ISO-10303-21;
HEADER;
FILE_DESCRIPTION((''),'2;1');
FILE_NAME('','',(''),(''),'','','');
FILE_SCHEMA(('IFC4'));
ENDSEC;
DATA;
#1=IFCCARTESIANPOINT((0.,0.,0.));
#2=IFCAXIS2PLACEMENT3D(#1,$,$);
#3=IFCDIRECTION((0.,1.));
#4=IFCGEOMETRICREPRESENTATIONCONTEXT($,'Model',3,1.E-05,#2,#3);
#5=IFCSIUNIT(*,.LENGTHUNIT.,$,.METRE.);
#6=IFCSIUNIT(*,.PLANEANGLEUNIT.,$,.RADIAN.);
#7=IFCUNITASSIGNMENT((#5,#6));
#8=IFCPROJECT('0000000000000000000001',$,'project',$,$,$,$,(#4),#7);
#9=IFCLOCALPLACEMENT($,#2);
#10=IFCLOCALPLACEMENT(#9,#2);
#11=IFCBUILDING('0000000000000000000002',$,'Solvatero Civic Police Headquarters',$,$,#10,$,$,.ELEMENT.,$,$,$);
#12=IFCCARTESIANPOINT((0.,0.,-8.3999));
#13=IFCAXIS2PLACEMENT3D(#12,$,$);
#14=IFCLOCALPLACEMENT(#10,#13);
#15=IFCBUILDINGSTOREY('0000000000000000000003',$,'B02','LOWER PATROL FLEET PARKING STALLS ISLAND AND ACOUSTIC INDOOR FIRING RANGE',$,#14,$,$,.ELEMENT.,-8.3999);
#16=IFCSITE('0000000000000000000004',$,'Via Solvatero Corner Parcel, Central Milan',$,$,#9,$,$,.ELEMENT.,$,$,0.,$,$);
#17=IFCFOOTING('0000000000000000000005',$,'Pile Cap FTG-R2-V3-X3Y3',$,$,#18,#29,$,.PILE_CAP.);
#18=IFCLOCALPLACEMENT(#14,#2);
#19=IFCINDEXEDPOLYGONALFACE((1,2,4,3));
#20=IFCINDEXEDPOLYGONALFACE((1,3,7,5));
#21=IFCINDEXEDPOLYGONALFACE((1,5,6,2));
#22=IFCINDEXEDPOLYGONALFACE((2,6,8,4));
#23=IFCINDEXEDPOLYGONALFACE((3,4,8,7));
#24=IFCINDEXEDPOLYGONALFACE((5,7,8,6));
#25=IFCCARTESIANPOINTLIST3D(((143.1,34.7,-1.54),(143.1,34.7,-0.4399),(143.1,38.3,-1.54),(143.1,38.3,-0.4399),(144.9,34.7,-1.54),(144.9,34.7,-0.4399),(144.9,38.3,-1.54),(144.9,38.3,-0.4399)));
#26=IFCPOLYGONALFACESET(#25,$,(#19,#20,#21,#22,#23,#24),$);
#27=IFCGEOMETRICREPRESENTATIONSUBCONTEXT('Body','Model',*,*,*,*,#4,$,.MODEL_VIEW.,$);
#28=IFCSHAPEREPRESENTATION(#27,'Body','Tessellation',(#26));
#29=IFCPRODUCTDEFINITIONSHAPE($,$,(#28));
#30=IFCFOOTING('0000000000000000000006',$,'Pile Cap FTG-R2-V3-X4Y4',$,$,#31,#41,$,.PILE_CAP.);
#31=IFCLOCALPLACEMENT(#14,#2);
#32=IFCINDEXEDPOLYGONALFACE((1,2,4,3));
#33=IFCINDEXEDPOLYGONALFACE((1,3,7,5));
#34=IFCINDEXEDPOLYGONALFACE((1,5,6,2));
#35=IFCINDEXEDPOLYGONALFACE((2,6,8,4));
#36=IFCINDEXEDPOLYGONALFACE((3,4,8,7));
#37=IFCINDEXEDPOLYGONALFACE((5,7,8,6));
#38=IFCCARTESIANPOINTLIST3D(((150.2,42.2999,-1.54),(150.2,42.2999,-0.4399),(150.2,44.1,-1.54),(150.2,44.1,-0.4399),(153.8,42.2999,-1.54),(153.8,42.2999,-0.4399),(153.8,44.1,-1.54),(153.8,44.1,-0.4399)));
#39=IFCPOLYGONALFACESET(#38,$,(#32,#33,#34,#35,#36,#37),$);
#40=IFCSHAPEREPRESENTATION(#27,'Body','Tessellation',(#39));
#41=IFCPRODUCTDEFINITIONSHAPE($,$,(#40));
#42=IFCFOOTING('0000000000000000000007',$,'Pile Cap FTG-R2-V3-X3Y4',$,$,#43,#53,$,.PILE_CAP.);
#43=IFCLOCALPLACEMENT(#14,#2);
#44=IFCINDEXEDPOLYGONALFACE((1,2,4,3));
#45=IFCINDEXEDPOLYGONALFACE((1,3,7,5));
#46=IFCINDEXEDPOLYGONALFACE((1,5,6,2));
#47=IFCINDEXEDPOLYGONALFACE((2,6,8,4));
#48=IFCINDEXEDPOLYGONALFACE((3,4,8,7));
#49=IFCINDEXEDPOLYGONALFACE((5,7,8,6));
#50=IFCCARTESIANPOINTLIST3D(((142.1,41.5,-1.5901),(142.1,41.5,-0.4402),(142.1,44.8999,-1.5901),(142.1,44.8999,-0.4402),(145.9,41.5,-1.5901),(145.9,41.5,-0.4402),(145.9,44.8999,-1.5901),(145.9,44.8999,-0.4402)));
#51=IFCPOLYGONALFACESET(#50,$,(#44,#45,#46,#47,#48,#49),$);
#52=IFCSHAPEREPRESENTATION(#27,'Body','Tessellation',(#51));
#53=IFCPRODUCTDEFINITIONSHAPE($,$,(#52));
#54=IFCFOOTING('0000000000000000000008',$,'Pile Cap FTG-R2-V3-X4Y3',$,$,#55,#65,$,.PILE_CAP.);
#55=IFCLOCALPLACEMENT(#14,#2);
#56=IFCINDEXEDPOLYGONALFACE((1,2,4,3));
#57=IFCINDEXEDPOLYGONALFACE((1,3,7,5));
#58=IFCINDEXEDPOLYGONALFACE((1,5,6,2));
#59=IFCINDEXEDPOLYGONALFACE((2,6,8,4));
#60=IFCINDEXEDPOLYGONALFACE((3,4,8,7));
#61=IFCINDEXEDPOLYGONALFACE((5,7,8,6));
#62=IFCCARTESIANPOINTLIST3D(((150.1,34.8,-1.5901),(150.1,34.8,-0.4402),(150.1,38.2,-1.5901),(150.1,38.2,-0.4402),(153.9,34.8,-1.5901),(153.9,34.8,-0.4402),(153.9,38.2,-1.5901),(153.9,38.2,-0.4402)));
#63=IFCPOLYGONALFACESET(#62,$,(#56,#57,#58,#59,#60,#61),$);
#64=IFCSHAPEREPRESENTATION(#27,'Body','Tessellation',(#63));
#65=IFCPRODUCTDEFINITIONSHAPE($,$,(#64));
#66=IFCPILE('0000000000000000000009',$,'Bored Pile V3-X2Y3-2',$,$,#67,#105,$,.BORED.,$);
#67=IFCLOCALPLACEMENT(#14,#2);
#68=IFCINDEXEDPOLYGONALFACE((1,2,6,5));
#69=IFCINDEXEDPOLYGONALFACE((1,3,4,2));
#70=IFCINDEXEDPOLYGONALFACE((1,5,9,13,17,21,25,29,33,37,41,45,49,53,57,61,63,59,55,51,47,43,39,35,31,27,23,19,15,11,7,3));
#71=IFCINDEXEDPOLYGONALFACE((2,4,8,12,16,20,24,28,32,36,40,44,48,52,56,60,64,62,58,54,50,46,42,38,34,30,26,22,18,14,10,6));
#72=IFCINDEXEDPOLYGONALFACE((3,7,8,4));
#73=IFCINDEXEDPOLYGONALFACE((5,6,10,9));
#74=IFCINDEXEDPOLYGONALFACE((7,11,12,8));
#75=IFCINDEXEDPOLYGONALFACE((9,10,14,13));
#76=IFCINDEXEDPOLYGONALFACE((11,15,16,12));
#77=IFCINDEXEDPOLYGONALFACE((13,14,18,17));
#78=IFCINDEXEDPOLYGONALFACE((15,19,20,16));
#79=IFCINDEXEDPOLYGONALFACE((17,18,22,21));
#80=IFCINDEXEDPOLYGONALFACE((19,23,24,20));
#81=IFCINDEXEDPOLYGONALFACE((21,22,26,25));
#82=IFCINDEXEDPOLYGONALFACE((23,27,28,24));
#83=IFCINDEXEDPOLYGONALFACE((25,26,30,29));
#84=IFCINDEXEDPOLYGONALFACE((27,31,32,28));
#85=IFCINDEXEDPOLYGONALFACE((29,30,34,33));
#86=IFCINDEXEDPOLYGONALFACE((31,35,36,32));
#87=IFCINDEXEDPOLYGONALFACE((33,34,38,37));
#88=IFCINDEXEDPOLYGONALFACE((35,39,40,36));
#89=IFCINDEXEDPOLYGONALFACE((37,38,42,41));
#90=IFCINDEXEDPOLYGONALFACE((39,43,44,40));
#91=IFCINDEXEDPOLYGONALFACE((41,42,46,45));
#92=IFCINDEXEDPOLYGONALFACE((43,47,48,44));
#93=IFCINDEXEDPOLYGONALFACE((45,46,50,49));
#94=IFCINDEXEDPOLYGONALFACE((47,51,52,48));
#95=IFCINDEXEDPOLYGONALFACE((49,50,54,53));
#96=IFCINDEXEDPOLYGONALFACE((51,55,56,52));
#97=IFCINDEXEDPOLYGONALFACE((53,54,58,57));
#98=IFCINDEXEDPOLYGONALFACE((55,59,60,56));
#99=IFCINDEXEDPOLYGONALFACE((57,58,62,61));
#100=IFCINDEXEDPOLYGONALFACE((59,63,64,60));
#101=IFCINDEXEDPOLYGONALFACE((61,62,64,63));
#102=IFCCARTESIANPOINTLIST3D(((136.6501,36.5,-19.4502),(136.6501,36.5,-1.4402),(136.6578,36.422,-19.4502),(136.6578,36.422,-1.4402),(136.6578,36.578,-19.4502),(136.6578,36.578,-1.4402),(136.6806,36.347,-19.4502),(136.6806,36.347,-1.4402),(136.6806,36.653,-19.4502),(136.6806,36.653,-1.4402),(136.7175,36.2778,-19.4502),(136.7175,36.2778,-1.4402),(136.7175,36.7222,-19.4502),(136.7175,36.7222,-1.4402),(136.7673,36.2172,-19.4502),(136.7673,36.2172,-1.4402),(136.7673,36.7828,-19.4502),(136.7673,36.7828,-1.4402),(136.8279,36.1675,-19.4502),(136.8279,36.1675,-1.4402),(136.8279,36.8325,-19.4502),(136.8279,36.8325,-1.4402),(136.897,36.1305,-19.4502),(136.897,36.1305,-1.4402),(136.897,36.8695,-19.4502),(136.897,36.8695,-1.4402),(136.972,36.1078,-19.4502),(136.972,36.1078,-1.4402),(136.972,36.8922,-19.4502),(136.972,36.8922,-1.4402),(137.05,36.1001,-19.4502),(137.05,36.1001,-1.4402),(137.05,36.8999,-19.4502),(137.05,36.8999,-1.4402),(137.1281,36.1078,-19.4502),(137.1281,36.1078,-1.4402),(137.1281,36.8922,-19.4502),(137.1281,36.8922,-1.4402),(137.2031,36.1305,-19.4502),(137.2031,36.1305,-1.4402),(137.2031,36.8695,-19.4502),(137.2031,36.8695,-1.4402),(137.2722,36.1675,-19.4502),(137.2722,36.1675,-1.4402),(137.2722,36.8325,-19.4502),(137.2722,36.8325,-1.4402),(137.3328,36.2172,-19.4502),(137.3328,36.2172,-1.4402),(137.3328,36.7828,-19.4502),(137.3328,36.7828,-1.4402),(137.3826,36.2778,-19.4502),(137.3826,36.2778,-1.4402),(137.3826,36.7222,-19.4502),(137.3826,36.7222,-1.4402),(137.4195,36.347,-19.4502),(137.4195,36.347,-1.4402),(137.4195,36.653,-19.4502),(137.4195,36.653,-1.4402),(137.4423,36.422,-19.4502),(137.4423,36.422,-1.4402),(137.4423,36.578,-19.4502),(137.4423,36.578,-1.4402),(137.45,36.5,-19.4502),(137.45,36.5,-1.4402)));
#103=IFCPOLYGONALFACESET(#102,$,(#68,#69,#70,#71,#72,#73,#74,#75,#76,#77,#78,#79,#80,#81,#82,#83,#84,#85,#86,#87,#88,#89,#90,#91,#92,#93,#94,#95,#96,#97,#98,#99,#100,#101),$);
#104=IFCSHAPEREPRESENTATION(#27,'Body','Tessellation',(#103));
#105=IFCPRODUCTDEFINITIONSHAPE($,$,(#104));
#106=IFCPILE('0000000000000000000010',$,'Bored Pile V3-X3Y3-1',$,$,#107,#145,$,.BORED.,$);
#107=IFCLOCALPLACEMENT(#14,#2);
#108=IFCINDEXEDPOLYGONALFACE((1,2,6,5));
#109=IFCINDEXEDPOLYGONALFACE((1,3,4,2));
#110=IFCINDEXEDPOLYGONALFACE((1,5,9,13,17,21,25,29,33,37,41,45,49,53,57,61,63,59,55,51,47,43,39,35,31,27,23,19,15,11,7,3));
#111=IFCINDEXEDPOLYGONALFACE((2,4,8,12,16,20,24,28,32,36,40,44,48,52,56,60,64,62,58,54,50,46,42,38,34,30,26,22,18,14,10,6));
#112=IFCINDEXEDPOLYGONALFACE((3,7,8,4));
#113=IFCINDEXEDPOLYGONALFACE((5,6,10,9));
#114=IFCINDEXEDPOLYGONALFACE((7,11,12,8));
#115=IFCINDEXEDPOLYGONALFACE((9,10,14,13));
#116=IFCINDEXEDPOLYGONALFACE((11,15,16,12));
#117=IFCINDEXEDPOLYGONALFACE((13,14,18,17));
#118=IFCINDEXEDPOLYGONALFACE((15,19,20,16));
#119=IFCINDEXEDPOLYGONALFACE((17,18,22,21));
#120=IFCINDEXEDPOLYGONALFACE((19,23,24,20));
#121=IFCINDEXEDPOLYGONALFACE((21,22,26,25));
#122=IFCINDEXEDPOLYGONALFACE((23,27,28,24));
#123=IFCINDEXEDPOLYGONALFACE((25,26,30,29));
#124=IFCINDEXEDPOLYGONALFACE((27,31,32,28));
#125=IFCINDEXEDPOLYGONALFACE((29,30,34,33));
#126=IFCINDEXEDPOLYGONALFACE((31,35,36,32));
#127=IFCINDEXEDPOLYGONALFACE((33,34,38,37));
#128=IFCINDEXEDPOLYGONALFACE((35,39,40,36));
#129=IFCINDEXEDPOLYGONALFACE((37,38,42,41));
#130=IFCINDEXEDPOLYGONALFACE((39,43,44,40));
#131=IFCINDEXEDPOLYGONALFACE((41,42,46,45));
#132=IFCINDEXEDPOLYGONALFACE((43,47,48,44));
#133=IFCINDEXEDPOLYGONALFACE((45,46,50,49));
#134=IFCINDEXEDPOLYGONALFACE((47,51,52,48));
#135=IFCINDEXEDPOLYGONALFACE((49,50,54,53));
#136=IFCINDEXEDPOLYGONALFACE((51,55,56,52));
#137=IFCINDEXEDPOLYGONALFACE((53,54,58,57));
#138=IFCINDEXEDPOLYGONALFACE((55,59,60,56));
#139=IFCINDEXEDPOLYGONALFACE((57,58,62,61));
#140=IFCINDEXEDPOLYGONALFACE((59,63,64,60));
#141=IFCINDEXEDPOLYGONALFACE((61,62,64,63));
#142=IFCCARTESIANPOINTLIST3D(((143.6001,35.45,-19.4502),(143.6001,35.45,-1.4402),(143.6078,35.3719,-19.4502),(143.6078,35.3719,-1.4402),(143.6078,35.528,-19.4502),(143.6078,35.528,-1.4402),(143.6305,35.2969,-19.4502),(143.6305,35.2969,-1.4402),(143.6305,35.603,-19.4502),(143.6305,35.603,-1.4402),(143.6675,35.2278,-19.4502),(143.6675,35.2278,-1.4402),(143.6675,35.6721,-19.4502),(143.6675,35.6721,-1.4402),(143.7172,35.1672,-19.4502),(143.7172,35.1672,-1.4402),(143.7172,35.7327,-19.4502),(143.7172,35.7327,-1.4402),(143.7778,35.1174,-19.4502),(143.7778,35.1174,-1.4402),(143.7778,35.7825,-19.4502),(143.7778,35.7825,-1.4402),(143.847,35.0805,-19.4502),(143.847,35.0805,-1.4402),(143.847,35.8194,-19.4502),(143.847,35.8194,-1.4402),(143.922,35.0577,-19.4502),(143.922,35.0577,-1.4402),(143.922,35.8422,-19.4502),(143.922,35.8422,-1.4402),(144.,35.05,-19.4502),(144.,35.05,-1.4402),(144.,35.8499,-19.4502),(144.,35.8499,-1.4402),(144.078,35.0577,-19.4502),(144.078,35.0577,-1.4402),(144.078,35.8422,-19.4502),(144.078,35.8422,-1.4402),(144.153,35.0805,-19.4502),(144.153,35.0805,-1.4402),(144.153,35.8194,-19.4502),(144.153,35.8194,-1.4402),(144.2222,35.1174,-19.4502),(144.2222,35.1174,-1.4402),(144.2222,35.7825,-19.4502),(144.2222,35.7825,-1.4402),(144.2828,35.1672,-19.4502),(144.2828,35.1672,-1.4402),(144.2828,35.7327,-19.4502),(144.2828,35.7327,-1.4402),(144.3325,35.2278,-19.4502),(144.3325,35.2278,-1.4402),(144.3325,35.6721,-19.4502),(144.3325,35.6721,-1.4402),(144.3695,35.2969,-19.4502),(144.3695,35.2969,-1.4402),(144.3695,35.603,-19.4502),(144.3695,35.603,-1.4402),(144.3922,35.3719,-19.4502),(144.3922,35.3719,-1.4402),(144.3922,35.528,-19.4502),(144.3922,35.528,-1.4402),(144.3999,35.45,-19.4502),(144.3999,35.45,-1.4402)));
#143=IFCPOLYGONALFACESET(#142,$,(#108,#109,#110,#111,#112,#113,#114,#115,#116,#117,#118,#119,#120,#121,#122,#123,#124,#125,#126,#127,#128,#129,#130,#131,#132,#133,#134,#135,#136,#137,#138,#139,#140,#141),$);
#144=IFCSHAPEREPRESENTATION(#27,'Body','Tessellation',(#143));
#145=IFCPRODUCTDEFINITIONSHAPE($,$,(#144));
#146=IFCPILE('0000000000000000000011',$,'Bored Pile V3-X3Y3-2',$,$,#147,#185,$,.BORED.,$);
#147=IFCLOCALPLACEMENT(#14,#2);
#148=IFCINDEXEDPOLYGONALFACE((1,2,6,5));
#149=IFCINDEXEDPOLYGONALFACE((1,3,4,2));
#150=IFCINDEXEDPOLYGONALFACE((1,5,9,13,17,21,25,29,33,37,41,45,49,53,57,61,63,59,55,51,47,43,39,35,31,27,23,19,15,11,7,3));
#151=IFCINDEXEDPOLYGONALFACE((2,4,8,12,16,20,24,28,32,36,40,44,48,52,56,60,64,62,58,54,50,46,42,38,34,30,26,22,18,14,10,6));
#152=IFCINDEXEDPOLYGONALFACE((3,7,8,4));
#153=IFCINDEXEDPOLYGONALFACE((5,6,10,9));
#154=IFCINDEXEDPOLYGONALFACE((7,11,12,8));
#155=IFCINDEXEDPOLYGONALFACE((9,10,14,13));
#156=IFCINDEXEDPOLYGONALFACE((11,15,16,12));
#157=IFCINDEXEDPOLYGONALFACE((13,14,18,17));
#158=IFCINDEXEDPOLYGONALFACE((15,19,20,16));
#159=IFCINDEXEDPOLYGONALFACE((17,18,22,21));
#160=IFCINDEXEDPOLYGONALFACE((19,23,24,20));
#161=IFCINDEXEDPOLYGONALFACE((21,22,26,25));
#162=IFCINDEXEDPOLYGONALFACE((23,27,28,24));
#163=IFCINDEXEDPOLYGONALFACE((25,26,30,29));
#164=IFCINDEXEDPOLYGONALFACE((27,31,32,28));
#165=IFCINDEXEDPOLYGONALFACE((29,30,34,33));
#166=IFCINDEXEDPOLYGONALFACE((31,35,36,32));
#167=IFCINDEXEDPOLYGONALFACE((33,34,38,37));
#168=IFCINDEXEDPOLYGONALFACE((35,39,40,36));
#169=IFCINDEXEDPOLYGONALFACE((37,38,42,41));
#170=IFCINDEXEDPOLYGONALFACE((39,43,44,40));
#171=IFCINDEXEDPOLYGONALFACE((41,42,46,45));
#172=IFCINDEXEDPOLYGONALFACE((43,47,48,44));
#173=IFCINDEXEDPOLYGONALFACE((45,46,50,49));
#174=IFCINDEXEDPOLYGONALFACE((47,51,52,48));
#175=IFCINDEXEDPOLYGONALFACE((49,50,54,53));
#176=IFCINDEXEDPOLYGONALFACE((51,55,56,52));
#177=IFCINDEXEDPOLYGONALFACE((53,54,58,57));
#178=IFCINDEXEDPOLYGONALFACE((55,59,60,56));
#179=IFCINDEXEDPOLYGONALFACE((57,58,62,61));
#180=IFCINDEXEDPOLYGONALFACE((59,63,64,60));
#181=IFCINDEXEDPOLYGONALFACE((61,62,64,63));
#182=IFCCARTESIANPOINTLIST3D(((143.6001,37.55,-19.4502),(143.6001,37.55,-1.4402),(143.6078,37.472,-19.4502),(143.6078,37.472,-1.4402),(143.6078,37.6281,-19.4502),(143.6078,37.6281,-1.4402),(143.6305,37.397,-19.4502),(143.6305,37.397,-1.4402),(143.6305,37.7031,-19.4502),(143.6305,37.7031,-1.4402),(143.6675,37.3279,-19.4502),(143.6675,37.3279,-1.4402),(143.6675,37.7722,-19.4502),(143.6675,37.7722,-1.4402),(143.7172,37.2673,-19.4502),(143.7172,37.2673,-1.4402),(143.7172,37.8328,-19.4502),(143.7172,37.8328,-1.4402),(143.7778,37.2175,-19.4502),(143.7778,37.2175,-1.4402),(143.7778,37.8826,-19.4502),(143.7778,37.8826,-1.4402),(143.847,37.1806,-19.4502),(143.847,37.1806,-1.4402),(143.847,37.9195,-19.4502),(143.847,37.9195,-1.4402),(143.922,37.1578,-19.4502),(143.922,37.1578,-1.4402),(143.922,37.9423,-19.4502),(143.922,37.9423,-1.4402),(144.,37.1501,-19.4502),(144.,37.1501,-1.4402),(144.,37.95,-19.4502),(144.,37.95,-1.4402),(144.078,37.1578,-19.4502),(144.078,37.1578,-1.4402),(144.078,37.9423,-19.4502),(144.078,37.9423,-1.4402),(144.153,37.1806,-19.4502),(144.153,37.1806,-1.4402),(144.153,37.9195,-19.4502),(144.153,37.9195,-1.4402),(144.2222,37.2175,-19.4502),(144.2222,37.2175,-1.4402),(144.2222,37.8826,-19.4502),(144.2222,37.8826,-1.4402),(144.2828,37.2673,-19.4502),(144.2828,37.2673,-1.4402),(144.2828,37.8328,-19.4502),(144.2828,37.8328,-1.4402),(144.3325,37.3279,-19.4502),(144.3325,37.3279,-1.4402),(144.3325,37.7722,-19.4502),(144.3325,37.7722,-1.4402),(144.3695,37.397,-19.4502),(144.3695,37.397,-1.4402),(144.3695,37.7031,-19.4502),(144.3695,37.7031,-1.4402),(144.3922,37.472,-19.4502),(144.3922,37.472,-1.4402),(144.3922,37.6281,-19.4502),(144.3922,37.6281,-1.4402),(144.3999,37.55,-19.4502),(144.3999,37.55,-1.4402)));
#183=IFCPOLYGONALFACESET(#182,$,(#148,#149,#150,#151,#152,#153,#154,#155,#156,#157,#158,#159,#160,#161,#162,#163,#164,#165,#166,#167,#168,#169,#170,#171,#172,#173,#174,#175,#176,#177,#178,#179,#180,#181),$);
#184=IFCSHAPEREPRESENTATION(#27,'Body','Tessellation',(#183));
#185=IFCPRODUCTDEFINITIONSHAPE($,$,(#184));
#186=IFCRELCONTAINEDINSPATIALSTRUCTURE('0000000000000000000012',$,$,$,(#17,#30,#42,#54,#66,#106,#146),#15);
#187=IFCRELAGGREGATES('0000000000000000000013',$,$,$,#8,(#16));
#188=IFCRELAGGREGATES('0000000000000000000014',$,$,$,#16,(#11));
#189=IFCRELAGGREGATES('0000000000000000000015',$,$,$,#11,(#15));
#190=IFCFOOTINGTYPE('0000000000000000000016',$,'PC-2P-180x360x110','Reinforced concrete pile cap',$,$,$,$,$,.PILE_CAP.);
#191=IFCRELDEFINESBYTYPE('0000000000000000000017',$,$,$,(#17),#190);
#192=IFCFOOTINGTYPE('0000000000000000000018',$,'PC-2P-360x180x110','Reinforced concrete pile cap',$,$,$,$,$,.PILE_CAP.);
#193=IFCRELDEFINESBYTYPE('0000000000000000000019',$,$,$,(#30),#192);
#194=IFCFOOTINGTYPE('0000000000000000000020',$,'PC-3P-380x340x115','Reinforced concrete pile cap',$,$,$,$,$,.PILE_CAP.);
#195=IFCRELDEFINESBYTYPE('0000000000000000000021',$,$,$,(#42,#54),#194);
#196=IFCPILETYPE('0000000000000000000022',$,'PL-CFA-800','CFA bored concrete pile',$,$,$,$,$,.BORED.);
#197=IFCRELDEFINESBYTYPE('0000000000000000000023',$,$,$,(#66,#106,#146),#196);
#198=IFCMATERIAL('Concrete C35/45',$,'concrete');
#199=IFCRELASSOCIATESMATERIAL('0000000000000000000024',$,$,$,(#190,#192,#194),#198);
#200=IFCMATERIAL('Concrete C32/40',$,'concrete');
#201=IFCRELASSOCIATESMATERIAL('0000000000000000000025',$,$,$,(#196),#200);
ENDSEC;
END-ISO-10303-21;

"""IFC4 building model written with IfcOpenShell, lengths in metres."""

from ifc_helpers import new_model, si_unit, direction, frame, origin, origin_2d, place, context, subcontext, project, spatial, rectangle, circle, extrude, material, material_profile, profile_set, type_object, element, save


model = new_model("IFC4")

# Units and contexts
model_context = context("Model", 3, precision=1e-05, world=origin(), true_north=direction((0.0, 1.0)))
body_context = subcontext(model_context, "Body", "Model", "MODEL_VIEW")
ifc_project = project(units=[si_unit("LENGTHUNIT", "METRE"), si_unit("PLANEANGLEUNIT", "RADIAN")], contexts=[model_context])

# Site, building, storey
site_placement = place(None, origin())
site = spatial("IfcSite", under=ifc_project, at=site_placement, Name="Via Solvatero Corner Parcel, Central Milan", CompositionType="ELEMENT", RefElevation=0.0)
building_placement = place(site_placement, origin())
building = spatial("IfcBuilding", under=site, at=building_placement, Name="Solvatero Civic Police Headquarters", CompositionType="ELEMENT")
storey_placement = place(building_placement, frame((0.0, 0.0, -8.3999)))
storey = spatial("IfcBuildingStorey", under=building, at=storey_placement, Name="B02", Description="LOWER PATROL FLEET PARKING STALLS ISLAND AND ACOUSTIC INDOOR FIRING RANGE", CompositionType="ELEMENT", Elevation=-8.3999)

# Footings
ifc_material_1 = material(Name="Concrete C35/45", Category="concrete")
footing_type_1 = type_object("IfcFootingType", Name="PC-2P-180x360x110", Description="Reinforced concrete pile cap", PredefinedType="PILE_CAP", material=ifc_material_1)
footing_1_placement = place(storey_placement, frame((144.0, 36.5, -1.54), z_axis=(0.0, 0.0, 1.0), x_axis=(1.0, 0.0, 0.0)))
element("IfcFooting", 1, at=footing_1_placement, inside=storey, type_object=footing_type_1, Name="Pile Cap FTG-R2-V3-X3Y3", PredefinedType="PILE_CAP", context=body_context, shape_type="SweptSolid", body=[
    extrude(rectangle(XDim=1.8, YDim=3.6001, at=origin_2d()), origin(), (0.0, 0.0, 1.0), 1.1001),
])
footing_type_2 = type_object("IfcFootingType", Name="PC-2P-360x180x110", Description="Reinforced concrete pile cap", PredefinedType="PILE_CAP", material=ifc_material_1)
footing_2_placement = place(storey_placement, frame((152.0, 43.2, -1.54), z_axis=(0.0, 0.0, 1.0), x_axis=(1.0, 0.0, 0.0)))
element("IfcFooting", 2, at=footing_2_placement, inside=storey, type_object=footing_type_2, Name="Pile Cap FTG-R2-V3-X4Y4", PredefinedType="PILE_CAP", context=body_context, shape_type="SweptSolid", body=[
    extrude(rectangle(XDim=3.6001, YDim=1.8, at=origin_2d()), origin(), (0.0, 0.0, 1.0), 1.1001),
])
footing_type_3 = type_object("IfcFootingType", Name="PC-3P-380x340x115", Description="Reinforced concrete pile cap", PredefinedType="PILE_CAP", material=ifc_material_1)
for number, where, z_axis, x_axis, name in (
    (3, (144.0, 43.2, -1.5901), (0.0, 0.0, 1.0), (1.0, 0.0, 0.0), "Pile Cap FTG-R2-V3-X3Y4"),
    (4, (152.0, 36.5, -1.5901), (0.0, 0.0, 1.0), (1.0, 0.0, 0.0), "Pile Cap FTG-R2-V3-X4Y3"),
):
    element("IfcFooting", number, at=place(storey_placement, frame(where, z_axis=z_axis, x_axis=x_axis)), inside=storey, type_object=footing_type_3, Name=name, PredefinedType="PILE_CAP", context=body_context, shape_type="SweptSolid", body=[
        extrude(rectangle(XDim=3.8, YDim=3.3999, at=origin_2d()), origin(), (0.0, 0.0, 1.0), 1.1499),
    ])

# Piles
ifc_material_2 = material(Name="Concrete C32/40", Category="concrete")
ifc_material_profile_1 = material_profile(ifc_material_2, circle(Radius=0.3999, at=origin_2d()), Name="CFA PILE D800")
ifc_profile_set_1 = profile_set([ifc_material_profile_1], Name="Concrete C32/40")
pile_type = type_object("IfcPileType", Name="PL-CFA-800", Description="CFA bored concrete pile", PredefinedType="BORED", material=ifc_profile_set_1)
for number, where, z_axis, x_axis, name in (
    (5, (137.05, 36.5, -1.4402), (0.0, 0.0, -1.0), (1.0, 0.0, 0.0), "Bored Pile V3-X2Y3-2"),
    (6, (144.0, 35.45, -1.4402), (0.0, 0.0, -1.0), (1.0, 0.0, 0.0), "Bored Pile V3-X3Y3-1"),
    (7, (144.0, 37.55, -1.4402), (0.0, 0.0, -1.0), (1.0, 0.0, 0.0), "Bored Pile V3-X3Y3-2"),
):
    element("IfcPile", number, at=place(storey_placement, frame(where, z_axis=z_axis, x_axis=x_axis)), inside=storey, type_object=pile_type, Name=name, PredefinedType="BORED", context=body_context, shape_type="SweptSolid", body=[
        extrude(circle(Radius=0.3999, at=origin_2d()), origin(), (0.0, 0.0, 1.0), 18.01),
    ])

save(model, "model.ifc")
